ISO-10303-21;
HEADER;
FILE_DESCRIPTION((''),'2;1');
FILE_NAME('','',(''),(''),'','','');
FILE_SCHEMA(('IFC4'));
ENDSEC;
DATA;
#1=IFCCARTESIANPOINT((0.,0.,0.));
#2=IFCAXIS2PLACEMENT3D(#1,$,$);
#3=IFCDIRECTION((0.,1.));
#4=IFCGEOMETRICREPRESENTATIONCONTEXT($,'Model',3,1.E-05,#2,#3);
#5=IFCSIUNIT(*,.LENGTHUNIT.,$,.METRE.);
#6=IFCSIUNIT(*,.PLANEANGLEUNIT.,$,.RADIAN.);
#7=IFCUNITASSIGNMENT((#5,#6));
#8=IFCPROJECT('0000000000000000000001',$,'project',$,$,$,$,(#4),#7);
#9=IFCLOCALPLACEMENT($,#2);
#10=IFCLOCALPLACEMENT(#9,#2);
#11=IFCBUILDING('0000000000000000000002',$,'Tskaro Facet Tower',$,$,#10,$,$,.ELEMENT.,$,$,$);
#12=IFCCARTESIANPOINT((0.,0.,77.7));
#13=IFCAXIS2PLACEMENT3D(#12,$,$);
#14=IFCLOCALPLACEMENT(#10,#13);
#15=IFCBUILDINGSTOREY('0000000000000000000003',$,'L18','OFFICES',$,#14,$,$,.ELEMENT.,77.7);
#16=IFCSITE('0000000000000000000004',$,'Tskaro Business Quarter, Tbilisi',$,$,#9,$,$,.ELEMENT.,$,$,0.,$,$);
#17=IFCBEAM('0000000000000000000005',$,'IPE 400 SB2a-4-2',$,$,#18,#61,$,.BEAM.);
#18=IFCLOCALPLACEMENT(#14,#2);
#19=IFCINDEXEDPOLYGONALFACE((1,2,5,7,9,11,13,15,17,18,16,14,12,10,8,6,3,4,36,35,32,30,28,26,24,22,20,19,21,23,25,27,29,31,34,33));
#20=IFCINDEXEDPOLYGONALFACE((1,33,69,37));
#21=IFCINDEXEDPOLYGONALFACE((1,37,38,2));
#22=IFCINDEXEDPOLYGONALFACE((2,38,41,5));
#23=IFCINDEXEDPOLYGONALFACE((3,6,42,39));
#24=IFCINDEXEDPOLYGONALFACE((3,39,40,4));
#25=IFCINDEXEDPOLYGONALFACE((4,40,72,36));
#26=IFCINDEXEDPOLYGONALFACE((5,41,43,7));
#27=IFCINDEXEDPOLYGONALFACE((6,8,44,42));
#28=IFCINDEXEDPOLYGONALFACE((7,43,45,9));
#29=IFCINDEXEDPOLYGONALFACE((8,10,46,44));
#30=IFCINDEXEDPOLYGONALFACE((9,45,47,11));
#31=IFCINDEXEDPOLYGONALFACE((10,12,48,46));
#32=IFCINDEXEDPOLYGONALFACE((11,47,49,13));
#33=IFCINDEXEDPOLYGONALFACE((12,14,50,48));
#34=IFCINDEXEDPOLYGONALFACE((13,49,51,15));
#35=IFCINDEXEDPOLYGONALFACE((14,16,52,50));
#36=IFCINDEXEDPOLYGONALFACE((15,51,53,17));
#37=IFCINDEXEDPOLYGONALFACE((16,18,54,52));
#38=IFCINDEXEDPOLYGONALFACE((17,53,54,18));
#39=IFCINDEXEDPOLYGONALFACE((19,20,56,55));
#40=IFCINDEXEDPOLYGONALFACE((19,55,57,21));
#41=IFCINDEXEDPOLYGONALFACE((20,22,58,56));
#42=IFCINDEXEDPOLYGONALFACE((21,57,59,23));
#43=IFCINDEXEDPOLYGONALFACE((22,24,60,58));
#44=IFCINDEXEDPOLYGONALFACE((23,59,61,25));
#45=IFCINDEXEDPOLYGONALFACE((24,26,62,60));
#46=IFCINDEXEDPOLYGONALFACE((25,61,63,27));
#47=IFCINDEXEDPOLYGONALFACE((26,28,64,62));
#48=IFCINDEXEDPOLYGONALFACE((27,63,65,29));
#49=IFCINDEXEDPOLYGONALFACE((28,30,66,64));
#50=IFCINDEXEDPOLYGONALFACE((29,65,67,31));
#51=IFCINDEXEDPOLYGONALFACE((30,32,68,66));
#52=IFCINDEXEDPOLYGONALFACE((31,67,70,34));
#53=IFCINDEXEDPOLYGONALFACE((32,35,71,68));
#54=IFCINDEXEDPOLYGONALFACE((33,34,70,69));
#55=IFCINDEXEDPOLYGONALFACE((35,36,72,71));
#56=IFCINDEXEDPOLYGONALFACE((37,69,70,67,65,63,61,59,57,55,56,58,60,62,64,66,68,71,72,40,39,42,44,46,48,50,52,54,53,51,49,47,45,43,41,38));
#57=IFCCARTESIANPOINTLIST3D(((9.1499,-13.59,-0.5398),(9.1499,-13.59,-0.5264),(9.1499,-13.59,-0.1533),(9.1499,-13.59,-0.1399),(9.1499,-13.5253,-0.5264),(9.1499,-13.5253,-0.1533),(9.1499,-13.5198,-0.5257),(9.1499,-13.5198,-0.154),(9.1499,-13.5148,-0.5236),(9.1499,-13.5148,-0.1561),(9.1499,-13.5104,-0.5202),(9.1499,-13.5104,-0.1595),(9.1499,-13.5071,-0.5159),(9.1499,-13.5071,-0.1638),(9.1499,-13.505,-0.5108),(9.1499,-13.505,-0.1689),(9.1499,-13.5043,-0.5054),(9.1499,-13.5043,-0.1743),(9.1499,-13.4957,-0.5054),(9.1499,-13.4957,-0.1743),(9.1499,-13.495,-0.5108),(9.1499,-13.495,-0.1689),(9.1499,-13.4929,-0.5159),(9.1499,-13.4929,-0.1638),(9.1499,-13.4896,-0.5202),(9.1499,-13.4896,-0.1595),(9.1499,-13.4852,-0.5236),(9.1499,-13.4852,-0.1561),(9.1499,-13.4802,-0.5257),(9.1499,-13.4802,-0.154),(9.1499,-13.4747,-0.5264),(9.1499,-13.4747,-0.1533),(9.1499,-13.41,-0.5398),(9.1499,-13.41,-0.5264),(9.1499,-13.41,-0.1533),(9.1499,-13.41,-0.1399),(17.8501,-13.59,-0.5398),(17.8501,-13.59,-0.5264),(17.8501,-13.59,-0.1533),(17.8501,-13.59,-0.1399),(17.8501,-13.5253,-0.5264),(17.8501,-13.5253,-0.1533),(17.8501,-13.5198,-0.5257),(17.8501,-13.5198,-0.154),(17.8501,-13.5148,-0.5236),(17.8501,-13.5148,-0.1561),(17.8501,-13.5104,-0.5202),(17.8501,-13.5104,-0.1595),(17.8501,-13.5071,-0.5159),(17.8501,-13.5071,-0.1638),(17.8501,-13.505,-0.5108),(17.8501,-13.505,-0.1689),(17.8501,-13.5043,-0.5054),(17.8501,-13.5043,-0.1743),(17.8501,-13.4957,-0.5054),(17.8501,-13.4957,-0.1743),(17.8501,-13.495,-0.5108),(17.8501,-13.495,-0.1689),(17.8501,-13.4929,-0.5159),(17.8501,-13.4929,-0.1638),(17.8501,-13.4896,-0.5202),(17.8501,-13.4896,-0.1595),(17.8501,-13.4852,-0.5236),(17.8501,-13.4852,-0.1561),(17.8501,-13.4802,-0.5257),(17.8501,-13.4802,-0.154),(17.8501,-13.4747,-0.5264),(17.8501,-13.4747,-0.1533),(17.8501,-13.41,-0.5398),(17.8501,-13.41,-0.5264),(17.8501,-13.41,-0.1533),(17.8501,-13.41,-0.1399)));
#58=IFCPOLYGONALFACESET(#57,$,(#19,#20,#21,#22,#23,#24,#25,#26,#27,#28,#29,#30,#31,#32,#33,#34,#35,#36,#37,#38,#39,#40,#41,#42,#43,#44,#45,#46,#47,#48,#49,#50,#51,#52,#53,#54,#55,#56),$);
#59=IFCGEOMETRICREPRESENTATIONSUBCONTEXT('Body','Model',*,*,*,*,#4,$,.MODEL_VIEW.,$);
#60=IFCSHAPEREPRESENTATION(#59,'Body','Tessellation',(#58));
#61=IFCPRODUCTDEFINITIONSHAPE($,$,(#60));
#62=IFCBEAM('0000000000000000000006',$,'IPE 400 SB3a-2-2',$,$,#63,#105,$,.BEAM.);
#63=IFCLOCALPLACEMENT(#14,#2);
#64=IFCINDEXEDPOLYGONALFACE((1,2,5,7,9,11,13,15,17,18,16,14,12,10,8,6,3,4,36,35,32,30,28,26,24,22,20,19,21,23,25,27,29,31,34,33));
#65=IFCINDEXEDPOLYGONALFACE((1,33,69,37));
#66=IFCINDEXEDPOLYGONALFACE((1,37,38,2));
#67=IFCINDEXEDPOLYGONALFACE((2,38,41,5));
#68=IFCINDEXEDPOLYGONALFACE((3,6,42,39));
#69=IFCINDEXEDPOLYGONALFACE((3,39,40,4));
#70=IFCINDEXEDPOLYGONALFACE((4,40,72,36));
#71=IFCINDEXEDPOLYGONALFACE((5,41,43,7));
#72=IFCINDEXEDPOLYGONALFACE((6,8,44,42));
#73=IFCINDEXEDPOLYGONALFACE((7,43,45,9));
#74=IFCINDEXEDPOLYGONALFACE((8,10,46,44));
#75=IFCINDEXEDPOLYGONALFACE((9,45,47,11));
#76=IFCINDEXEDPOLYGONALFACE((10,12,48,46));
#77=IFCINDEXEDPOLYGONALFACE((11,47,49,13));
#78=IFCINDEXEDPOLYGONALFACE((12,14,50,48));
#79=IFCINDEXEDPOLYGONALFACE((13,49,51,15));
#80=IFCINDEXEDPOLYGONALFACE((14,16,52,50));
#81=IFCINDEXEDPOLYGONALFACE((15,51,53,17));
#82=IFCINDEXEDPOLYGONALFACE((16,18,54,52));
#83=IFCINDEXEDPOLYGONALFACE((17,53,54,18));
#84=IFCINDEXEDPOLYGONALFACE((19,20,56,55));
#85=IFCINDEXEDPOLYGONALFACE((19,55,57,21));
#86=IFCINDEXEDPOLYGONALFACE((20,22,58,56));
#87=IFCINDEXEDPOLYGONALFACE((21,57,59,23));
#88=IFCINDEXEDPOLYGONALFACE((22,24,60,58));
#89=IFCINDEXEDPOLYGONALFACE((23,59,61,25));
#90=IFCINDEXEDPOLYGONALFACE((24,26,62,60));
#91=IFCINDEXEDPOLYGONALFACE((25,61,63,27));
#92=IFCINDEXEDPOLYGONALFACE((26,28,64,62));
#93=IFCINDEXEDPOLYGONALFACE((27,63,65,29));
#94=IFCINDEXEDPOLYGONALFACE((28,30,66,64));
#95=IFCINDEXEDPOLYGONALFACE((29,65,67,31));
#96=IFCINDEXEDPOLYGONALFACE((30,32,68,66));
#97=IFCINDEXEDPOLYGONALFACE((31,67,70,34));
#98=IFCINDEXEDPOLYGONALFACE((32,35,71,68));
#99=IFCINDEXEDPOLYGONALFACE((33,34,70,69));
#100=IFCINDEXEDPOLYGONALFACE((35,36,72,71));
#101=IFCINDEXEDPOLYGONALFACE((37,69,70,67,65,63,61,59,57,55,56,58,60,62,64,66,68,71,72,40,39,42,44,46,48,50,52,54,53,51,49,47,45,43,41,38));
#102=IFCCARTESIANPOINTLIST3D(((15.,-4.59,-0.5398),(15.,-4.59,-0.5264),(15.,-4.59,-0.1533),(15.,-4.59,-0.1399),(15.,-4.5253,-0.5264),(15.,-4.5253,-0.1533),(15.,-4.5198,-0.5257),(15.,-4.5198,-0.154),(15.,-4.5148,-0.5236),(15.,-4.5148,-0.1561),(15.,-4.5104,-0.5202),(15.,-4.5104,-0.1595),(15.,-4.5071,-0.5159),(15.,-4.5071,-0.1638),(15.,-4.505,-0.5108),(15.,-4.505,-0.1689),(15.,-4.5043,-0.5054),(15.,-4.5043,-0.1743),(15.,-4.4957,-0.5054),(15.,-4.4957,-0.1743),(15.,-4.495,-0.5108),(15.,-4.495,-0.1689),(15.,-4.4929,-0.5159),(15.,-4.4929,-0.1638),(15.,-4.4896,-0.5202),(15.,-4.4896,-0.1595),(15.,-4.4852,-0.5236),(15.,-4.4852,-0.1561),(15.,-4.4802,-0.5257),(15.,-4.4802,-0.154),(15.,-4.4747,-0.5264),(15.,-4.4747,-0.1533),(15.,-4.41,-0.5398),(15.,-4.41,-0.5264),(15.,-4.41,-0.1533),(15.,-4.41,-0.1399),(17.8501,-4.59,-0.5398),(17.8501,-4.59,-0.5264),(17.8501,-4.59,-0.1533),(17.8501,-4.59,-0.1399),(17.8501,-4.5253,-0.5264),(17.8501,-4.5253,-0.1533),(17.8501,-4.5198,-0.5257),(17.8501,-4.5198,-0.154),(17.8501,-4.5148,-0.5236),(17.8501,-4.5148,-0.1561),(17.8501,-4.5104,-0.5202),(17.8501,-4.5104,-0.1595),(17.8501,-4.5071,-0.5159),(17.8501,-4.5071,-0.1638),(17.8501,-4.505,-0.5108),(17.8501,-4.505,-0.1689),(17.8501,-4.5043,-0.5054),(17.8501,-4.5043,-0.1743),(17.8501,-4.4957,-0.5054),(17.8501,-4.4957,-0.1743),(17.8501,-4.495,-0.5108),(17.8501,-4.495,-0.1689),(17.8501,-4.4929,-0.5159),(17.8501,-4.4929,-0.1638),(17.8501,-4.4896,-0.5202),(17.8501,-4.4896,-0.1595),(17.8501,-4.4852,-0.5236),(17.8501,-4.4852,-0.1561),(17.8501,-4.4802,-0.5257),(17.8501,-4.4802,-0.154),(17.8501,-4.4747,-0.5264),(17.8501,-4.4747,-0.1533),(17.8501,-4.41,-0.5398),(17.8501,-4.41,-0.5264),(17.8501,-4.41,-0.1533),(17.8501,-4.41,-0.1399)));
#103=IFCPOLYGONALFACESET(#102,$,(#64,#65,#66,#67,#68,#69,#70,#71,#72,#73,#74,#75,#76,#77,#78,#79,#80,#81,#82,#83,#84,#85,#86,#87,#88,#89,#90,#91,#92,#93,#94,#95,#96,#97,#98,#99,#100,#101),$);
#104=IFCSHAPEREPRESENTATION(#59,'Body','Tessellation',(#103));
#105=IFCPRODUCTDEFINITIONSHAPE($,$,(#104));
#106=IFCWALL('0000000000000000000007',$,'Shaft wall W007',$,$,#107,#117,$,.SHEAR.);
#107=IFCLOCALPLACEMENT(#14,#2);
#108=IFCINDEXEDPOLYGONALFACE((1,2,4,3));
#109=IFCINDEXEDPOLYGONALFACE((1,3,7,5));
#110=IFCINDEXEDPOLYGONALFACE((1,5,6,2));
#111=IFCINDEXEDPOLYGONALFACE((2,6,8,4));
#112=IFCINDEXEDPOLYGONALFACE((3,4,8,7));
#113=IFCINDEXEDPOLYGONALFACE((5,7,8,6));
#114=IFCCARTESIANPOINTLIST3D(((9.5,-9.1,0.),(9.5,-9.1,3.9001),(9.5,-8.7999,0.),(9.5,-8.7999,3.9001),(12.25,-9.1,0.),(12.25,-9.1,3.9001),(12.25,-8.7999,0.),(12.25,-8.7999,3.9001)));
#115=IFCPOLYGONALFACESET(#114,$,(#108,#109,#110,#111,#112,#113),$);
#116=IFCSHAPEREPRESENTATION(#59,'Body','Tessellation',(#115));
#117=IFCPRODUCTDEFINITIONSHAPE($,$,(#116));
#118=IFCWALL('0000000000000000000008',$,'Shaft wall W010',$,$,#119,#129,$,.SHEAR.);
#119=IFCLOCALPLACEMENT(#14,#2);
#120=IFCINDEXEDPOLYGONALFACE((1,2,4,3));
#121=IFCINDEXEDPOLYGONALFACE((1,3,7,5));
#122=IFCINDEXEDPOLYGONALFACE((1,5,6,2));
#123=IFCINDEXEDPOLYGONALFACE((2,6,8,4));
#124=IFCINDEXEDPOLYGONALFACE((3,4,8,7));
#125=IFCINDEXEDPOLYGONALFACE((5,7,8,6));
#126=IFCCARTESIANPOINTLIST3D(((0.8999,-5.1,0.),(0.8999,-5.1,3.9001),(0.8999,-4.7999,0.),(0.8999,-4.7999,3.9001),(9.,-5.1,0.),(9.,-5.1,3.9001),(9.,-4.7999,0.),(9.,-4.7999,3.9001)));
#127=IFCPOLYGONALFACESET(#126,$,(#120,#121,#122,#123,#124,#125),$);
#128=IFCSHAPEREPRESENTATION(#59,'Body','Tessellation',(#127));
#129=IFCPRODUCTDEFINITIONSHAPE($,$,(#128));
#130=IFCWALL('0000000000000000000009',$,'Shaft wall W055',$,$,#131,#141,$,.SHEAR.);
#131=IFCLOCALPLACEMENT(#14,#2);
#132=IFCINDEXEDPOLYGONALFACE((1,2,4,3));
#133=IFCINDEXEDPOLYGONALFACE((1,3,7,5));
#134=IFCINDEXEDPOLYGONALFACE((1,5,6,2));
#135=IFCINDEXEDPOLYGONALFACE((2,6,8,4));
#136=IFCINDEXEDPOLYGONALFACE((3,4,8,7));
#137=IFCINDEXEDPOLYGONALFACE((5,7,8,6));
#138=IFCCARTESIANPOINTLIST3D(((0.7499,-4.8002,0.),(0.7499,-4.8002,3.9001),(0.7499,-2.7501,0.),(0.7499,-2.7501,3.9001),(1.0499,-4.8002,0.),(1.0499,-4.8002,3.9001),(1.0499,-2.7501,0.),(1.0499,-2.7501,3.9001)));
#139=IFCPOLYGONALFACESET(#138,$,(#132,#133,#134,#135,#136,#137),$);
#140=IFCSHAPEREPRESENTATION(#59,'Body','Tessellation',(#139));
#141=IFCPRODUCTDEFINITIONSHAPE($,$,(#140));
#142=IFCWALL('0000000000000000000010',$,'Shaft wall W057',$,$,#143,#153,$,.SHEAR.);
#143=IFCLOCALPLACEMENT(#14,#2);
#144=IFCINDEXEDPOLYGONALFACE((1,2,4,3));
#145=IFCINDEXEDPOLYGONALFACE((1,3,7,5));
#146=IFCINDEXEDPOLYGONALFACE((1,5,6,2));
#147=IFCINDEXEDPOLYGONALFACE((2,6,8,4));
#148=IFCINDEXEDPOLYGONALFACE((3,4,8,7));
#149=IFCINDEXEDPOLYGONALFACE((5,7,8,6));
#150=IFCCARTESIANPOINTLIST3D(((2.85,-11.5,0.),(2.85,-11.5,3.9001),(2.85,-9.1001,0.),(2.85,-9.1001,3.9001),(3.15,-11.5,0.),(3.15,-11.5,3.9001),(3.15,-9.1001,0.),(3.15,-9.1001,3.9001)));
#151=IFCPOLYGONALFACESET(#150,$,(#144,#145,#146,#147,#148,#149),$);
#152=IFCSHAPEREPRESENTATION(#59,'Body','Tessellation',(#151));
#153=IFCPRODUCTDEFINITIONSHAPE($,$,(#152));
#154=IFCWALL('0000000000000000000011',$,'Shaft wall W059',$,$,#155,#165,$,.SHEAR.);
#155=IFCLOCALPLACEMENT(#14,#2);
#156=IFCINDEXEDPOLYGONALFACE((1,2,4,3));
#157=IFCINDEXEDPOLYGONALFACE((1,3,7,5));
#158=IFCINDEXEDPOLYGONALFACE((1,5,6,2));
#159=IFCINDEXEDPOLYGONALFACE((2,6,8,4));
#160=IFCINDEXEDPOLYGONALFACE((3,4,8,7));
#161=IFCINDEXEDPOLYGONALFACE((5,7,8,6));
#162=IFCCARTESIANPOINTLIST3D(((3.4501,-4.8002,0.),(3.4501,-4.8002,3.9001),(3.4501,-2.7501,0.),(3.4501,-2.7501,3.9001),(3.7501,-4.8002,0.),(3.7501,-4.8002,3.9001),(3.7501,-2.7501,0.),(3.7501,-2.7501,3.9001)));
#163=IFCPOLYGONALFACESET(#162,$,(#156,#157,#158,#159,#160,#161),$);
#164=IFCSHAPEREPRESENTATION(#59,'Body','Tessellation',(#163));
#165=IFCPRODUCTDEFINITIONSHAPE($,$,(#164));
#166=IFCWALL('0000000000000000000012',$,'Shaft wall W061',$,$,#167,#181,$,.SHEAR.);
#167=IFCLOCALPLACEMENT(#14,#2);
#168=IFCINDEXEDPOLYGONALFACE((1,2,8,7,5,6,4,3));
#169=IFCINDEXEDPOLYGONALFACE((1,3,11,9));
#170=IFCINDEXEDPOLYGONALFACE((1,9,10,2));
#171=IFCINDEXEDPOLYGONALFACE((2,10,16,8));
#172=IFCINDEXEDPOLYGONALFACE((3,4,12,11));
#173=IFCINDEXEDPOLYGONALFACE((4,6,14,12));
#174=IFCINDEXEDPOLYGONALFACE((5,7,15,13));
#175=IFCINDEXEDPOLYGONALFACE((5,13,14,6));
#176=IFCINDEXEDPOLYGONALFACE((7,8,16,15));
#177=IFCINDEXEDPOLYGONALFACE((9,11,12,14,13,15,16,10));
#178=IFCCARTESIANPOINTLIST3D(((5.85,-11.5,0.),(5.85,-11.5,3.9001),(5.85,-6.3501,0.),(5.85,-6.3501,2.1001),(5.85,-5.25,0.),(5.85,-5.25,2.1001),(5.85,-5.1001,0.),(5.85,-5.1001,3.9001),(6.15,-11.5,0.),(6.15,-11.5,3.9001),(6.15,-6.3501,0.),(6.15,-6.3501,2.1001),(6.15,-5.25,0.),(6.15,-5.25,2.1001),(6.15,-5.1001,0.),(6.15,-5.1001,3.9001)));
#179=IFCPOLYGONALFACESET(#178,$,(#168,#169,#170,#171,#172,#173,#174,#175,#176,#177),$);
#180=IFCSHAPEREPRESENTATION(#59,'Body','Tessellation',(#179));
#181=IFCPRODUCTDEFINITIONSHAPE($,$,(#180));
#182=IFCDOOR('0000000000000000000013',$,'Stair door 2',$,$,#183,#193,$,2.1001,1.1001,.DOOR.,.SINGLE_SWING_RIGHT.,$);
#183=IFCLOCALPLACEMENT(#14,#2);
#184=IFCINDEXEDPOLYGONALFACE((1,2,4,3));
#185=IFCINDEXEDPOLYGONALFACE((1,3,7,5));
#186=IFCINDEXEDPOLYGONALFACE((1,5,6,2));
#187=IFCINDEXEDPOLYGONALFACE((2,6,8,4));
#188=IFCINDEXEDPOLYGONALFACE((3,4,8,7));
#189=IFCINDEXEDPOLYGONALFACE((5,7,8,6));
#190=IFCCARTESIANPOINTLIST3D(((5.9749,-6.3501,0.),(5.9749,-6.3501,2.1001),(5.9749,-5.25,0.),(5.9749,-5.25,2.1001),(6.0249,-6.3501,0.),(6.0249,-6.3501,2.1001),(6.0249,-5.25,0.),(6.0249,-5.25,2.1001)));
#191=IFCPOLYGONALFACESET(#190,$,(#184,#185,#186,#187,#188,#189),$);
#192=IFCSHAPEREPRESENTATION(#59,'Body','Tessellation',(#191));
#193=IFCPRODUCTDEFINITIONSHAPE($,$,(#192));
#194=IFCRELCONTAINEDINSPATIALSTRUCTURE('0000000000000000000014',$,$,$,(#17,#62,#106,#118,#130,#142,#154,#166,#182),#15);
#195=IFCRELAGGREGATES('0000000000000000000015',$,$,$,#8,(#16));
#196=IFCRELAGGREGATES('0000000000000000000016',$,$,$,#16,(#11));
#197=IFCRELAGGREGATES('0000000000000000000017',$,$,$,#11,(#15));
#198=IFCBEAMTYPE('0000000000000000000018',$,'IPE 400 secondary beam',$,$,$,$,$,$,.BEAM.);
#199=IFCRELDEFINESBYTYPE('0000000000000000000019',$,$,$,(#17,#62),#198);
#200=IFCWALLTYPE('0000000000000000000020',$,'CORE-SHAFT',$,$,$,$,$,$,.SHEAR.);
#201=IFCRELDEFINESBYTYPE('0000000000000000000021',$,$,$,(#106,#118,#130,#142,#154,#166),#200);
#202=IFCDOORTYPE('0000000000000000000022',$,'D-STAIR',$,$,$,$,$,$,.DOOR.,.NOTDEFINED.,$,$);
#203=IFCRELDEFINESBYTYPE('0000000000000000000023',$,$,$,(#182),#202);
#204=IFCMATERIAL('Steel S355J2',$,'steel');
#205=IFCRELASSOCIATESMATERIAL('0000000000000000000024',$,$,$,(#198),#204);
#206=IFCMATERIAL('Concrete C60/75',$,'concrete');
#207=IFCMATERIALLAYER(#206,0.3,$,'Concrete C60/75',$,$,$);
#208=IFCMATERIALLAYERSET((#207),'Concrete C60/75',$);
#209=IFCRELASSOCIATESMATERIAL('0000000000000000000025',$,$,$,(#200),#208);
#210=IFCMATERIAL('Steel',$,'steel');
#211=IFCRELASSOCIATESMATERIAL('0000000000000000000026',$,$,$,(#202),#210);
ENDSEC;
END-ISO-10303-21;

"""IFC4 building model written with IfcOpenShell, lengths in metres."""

from ifc_helpers import new_model, si_unit, direction, frame, frame_2d, origin, origin_2d, place, context, subcontext, project, spatial, rectangle, i_section, extrude, material, layer, layer_set, material_profile, profile_set, type_object, element, fill, save


model = new_model("IFC4")

# Units and contexts
model_context = context("Model", 3, precision=1e-05, world=origin(), true_north=direction((0.0, 1.0)))
body_context = subcontext(model_context, "Body", "Model", "MODEL_VIEW")
ifc_project = project(units=[si_unit("LENGTHUNIT", "METRE"), si_unit("PLANEANGLEUNIT", "RADIAN")], contexts=[model_context])

# Site, building, storey
site_placement = place(None, origin())
site = spatial("IfcSite", under=ifc_project, at=site_placement, Name="Tskaro Business Quarter, Tbilisi", CompositionType="ELEMENT", RefElevation=0.0)
building_placement = place(site_placement, origin())
building = spatial("IfcBuilding", under=site, at=building_placement, Name="Tskaro Facet Tower", CompositionType="ELEMENT")
storey_placement = place(building_placement, frame((0.0, 0.0, 77.7)))
storey = spatial("IfcBuildingStorey", under=building, at=storey_placement, Name="L18", Description="OFFICES", CompositionType="ELEMENT", Elevation=77.7)

# Beams
ifc_material_1 = material(Name="Steel S355J2", Category="steel")
ifc_material_profile_1 = material_profile(ifc_material_1, i_section(OverallWidth=0.1799, OverallDepth=0.3999, WebThickness=0.0085, FlangeThickness=0.0134, FilletRadius=0.021, at=origin_2d()), Name="IPE 400")
ifc_profile_set_1 = profile_set([ifc_material_profile_1], Name="Steel S355J2")
beam_type_1 = type_object("IfcBeamType", Name="IPE 400 secondary beam", PredefinedType="BEAM", material=ifc_profile_set_1)
for number, where, z_axis, x_axis, name in (
    (1, (9.1499, -13.5, -0.3398), (1.0, 0.0, 0.0), (0.0, 1.0, 0.0), "IPE 400 SB2a-4-2"),
):
    element("IfcBeam", number, at=place(storey_placement, frame(where, z_axis=z_axis, x_axis=x_axis)), inside=storey, type_object=beam_type_1, Name=name, PredefinedType="BEAM", context=body_context, shape_type="SweptSolid", body=[
        extrude(i_section(OverallWidth=0.1799, OverallDepth=0.3999, WebThickness=0.0085, FlangeThickness=0.0134, FilletRadius=0.021, at=origin_2d()), origin(), (0.0, 0.0, 1.0), 8.7002),
    ])
beam_1_placement = place(storey_placement, frame((15.0, -4.5, -0.3398), z_axis=(1.0, 0.0, 0.0), x_axis=(0.0, 1.0, 0.0)))
element("IfcBeam", 2, at=beam_1_placement, inside=storey, type_object=beam_type_1, Name="IPE 400 SB3a-2-2", PredefinedType="BEAM", context=body_context, shape_type="SweptSolid", body=[
    extrude(i_section(OverallWidth=0.1799, OverallDepth=0.3999, WebThickness=0.0085, FlangeThickness=0.0134, FilletRadius=0.021, at=origin_2d()), origin(), (0.0, 0.0, 1.0), 2.8501),
])

# Walls
ifc_material_2 = material(Name="Concrete C60/75", Category="concrete")
ifc_layer_1 = layer(ifc_material_2, 0.3, Name="Concrete C60/75")
ifc_layer_set_1 = layer_set([ifc_layer_1], Name="Concrete C60/75")
wall_type_1 = type_object("IfcWallType", Name="CORE-SHAFT", PredefinedType="SHEAR", material=ifc_layer_set_1)
wall_1_placement = place(storey_placement, frame((9.5, -8.95, 0.0), z_axis=(0.0, 0.0, 1.0), x_axis=(1.0, 0.0, 0.0)))
element("IfcWall", 3, at=wall_1_placement, inside=storey, type_object=wall_type_1, Name="Shaft wall W007", PredefinedType="SHEAR", context=body_context, shape_type="SweptSolid", body=[
    extrude(rectangle(XDim=2.75, YDim=0.3, at=frame_2d((1.375, 0.0))), origin(), (0.0, 0.0, 1.0), 3.9001),
])
wall_2_placement = place(storey_placement, frame((0.8999, -4.95, 0.0), z_axis=(0.0, 0.0, 1.0), x_axis=(1.0, 0.0, 0.0)))
element("IfcWall", 4, at=wall_2_placement, inside=storey, type_object=wall_type_1, Name="Shaft wall W010", PredefinedType="SHEAR", context=body_context, shape_type="SweptSolid", body=[
    extrude(rectangle(XDim=8.1001, YDim=0.3, at=frame_2d((4.05, 0.0))), origin(), (0.0, 0.0, 1.0), 3.9001),
])
wall_3_placement = place(storey_placement, frame((0.8999, -4.8, 0.0), z_axis=(0.0, 0.0, 1.0), x_axis=(0.0, 1.0, 0.0)))
element("IfcWall", 5, at=wall_3_placement, inside=storey, type_object=wall_type_1, Name="Shaft wall W055", PredefinedType="SHEAR", context=body_context, shape_type="SweptSolid", body=[
    extrude(rectangle(XDim=2.05, YDim=0.3, at=frame_2d((1.0249, 0.0))), origin(), (0.0, 0.0, 1.0), 3.9001),
])
wall_4_placement = place(storey_placement, frame((3.0, -11.5, 0.0), z_axis=(0.0, 0.0, 1.0), x_axis=(0.0, 1.0, 0.0)))
element("IfcWall", 6, at=wall_4_placement, inside=storey, type_object=wall_type_1, Name="Shaft wall W057", PredefinedType="SHEAR", context=body_context, shape_type="SweptSolid", body=[
    extrude(rectangle(XDim=2.3999, YDim=0.3, at=frame_2d((1.2, 0.0))), origin(), (0.0, 0.0, 1.0), 3.9001),
])
wall_5_placement = place(storey_placement, frame((3.6001, -4.8, 0.0), z_axis=(0.0, 0.0, 1.0), x_axis=(0.0, 1.0, 0.0)))
element("IfcWall", 7, at=wall_5_placement, inside=storey, type_object=wall_type_1, Name="Shaft wall W059", PredefinedType="SHEAR", context=body_context, shape_type="SweptSolid", body=[
    extrude(rectangle(XDim=2.05, YDim=0.3, at=frame_2d((1.0249, 0.0))), origin(), (0.0, 0.0, 1.0), 3.9001),
])

# Wall, opening, door
wall_6_placement = place(storey_placement, frame((6.0, -5.1001, 0.0), z_axis=(0.0, 0.0, 1.0), x_axis=(0.0, -1.0, 0.0)))
wall_6 = element("IfcWall", 8, at=wall_6_placement, inside=storey, type_object=wall_type_1, Name="Shaft wall W061", PredefinedType="SHEAR", context=body_context, shape_type="SweptSolid", body=[
    extrude(rectangle(XDim=6.3999, YDim=0.3, at=frame_2d((3.2, 0.0))), origin(), (0.0, 0.0, 1.0), 3.9001),
])
opening_1_placement = place(wall_6_placement, frame((0.1499, 0.0, 0.0)))
opening_1 = element("IfcOpeningElement", 9, at=opening_1_placement, cuts=wall_6, PredefinedType="OPENING", context=body_context, shape_type="SweptSolid", body=[
    extrude(rectangle(XDim=1.1001, YDim=2.1001, at=frame_2d((0.55, 1.05))), frame((0.0, 0.1599, 0.0), z_axis=(0.0, -1.0, 0.0), x_axis=(1.0, 0.0, 0.0)), (0.0, 0.0, 1.0), 0.3201),
])
ifc_material_3 = material(Name="Steel", Category="steel")
door_type_1 = type_object("IfcDoorType", Name="D-STAIR", OperationType="NOTDEFINED", PredefinedType="DOOR", material=ifc_material_3)
door_1_placement = place(opening_1_placement, origin())
door_1 = element("IfcDoor", 10, at=door_1_placement, inside=storey, type_object=door_type_1, Name="Stair door 2", OperationType="SINGLE_SWING_RIGHT", OverallHeight=2.1001, OverallWidth=1.1001, PredefinedType="DOOR", context=body_context, shape_type="SweptSolid", body=[
    extrude(rectangle(XDim=1.1001, YDim=2.1001, at=frame_2d((0.55, 1.05))), frame((0.0, 0.0249, 0.0), z_axis=(0.0, -1.0, 0.0), x_axis=(1.0, 0.0, 0.0)), (0.0, 0.0, 1.0), 0.05),
])
fill(opening_1, door_1)

save(model, "model.ifc")
